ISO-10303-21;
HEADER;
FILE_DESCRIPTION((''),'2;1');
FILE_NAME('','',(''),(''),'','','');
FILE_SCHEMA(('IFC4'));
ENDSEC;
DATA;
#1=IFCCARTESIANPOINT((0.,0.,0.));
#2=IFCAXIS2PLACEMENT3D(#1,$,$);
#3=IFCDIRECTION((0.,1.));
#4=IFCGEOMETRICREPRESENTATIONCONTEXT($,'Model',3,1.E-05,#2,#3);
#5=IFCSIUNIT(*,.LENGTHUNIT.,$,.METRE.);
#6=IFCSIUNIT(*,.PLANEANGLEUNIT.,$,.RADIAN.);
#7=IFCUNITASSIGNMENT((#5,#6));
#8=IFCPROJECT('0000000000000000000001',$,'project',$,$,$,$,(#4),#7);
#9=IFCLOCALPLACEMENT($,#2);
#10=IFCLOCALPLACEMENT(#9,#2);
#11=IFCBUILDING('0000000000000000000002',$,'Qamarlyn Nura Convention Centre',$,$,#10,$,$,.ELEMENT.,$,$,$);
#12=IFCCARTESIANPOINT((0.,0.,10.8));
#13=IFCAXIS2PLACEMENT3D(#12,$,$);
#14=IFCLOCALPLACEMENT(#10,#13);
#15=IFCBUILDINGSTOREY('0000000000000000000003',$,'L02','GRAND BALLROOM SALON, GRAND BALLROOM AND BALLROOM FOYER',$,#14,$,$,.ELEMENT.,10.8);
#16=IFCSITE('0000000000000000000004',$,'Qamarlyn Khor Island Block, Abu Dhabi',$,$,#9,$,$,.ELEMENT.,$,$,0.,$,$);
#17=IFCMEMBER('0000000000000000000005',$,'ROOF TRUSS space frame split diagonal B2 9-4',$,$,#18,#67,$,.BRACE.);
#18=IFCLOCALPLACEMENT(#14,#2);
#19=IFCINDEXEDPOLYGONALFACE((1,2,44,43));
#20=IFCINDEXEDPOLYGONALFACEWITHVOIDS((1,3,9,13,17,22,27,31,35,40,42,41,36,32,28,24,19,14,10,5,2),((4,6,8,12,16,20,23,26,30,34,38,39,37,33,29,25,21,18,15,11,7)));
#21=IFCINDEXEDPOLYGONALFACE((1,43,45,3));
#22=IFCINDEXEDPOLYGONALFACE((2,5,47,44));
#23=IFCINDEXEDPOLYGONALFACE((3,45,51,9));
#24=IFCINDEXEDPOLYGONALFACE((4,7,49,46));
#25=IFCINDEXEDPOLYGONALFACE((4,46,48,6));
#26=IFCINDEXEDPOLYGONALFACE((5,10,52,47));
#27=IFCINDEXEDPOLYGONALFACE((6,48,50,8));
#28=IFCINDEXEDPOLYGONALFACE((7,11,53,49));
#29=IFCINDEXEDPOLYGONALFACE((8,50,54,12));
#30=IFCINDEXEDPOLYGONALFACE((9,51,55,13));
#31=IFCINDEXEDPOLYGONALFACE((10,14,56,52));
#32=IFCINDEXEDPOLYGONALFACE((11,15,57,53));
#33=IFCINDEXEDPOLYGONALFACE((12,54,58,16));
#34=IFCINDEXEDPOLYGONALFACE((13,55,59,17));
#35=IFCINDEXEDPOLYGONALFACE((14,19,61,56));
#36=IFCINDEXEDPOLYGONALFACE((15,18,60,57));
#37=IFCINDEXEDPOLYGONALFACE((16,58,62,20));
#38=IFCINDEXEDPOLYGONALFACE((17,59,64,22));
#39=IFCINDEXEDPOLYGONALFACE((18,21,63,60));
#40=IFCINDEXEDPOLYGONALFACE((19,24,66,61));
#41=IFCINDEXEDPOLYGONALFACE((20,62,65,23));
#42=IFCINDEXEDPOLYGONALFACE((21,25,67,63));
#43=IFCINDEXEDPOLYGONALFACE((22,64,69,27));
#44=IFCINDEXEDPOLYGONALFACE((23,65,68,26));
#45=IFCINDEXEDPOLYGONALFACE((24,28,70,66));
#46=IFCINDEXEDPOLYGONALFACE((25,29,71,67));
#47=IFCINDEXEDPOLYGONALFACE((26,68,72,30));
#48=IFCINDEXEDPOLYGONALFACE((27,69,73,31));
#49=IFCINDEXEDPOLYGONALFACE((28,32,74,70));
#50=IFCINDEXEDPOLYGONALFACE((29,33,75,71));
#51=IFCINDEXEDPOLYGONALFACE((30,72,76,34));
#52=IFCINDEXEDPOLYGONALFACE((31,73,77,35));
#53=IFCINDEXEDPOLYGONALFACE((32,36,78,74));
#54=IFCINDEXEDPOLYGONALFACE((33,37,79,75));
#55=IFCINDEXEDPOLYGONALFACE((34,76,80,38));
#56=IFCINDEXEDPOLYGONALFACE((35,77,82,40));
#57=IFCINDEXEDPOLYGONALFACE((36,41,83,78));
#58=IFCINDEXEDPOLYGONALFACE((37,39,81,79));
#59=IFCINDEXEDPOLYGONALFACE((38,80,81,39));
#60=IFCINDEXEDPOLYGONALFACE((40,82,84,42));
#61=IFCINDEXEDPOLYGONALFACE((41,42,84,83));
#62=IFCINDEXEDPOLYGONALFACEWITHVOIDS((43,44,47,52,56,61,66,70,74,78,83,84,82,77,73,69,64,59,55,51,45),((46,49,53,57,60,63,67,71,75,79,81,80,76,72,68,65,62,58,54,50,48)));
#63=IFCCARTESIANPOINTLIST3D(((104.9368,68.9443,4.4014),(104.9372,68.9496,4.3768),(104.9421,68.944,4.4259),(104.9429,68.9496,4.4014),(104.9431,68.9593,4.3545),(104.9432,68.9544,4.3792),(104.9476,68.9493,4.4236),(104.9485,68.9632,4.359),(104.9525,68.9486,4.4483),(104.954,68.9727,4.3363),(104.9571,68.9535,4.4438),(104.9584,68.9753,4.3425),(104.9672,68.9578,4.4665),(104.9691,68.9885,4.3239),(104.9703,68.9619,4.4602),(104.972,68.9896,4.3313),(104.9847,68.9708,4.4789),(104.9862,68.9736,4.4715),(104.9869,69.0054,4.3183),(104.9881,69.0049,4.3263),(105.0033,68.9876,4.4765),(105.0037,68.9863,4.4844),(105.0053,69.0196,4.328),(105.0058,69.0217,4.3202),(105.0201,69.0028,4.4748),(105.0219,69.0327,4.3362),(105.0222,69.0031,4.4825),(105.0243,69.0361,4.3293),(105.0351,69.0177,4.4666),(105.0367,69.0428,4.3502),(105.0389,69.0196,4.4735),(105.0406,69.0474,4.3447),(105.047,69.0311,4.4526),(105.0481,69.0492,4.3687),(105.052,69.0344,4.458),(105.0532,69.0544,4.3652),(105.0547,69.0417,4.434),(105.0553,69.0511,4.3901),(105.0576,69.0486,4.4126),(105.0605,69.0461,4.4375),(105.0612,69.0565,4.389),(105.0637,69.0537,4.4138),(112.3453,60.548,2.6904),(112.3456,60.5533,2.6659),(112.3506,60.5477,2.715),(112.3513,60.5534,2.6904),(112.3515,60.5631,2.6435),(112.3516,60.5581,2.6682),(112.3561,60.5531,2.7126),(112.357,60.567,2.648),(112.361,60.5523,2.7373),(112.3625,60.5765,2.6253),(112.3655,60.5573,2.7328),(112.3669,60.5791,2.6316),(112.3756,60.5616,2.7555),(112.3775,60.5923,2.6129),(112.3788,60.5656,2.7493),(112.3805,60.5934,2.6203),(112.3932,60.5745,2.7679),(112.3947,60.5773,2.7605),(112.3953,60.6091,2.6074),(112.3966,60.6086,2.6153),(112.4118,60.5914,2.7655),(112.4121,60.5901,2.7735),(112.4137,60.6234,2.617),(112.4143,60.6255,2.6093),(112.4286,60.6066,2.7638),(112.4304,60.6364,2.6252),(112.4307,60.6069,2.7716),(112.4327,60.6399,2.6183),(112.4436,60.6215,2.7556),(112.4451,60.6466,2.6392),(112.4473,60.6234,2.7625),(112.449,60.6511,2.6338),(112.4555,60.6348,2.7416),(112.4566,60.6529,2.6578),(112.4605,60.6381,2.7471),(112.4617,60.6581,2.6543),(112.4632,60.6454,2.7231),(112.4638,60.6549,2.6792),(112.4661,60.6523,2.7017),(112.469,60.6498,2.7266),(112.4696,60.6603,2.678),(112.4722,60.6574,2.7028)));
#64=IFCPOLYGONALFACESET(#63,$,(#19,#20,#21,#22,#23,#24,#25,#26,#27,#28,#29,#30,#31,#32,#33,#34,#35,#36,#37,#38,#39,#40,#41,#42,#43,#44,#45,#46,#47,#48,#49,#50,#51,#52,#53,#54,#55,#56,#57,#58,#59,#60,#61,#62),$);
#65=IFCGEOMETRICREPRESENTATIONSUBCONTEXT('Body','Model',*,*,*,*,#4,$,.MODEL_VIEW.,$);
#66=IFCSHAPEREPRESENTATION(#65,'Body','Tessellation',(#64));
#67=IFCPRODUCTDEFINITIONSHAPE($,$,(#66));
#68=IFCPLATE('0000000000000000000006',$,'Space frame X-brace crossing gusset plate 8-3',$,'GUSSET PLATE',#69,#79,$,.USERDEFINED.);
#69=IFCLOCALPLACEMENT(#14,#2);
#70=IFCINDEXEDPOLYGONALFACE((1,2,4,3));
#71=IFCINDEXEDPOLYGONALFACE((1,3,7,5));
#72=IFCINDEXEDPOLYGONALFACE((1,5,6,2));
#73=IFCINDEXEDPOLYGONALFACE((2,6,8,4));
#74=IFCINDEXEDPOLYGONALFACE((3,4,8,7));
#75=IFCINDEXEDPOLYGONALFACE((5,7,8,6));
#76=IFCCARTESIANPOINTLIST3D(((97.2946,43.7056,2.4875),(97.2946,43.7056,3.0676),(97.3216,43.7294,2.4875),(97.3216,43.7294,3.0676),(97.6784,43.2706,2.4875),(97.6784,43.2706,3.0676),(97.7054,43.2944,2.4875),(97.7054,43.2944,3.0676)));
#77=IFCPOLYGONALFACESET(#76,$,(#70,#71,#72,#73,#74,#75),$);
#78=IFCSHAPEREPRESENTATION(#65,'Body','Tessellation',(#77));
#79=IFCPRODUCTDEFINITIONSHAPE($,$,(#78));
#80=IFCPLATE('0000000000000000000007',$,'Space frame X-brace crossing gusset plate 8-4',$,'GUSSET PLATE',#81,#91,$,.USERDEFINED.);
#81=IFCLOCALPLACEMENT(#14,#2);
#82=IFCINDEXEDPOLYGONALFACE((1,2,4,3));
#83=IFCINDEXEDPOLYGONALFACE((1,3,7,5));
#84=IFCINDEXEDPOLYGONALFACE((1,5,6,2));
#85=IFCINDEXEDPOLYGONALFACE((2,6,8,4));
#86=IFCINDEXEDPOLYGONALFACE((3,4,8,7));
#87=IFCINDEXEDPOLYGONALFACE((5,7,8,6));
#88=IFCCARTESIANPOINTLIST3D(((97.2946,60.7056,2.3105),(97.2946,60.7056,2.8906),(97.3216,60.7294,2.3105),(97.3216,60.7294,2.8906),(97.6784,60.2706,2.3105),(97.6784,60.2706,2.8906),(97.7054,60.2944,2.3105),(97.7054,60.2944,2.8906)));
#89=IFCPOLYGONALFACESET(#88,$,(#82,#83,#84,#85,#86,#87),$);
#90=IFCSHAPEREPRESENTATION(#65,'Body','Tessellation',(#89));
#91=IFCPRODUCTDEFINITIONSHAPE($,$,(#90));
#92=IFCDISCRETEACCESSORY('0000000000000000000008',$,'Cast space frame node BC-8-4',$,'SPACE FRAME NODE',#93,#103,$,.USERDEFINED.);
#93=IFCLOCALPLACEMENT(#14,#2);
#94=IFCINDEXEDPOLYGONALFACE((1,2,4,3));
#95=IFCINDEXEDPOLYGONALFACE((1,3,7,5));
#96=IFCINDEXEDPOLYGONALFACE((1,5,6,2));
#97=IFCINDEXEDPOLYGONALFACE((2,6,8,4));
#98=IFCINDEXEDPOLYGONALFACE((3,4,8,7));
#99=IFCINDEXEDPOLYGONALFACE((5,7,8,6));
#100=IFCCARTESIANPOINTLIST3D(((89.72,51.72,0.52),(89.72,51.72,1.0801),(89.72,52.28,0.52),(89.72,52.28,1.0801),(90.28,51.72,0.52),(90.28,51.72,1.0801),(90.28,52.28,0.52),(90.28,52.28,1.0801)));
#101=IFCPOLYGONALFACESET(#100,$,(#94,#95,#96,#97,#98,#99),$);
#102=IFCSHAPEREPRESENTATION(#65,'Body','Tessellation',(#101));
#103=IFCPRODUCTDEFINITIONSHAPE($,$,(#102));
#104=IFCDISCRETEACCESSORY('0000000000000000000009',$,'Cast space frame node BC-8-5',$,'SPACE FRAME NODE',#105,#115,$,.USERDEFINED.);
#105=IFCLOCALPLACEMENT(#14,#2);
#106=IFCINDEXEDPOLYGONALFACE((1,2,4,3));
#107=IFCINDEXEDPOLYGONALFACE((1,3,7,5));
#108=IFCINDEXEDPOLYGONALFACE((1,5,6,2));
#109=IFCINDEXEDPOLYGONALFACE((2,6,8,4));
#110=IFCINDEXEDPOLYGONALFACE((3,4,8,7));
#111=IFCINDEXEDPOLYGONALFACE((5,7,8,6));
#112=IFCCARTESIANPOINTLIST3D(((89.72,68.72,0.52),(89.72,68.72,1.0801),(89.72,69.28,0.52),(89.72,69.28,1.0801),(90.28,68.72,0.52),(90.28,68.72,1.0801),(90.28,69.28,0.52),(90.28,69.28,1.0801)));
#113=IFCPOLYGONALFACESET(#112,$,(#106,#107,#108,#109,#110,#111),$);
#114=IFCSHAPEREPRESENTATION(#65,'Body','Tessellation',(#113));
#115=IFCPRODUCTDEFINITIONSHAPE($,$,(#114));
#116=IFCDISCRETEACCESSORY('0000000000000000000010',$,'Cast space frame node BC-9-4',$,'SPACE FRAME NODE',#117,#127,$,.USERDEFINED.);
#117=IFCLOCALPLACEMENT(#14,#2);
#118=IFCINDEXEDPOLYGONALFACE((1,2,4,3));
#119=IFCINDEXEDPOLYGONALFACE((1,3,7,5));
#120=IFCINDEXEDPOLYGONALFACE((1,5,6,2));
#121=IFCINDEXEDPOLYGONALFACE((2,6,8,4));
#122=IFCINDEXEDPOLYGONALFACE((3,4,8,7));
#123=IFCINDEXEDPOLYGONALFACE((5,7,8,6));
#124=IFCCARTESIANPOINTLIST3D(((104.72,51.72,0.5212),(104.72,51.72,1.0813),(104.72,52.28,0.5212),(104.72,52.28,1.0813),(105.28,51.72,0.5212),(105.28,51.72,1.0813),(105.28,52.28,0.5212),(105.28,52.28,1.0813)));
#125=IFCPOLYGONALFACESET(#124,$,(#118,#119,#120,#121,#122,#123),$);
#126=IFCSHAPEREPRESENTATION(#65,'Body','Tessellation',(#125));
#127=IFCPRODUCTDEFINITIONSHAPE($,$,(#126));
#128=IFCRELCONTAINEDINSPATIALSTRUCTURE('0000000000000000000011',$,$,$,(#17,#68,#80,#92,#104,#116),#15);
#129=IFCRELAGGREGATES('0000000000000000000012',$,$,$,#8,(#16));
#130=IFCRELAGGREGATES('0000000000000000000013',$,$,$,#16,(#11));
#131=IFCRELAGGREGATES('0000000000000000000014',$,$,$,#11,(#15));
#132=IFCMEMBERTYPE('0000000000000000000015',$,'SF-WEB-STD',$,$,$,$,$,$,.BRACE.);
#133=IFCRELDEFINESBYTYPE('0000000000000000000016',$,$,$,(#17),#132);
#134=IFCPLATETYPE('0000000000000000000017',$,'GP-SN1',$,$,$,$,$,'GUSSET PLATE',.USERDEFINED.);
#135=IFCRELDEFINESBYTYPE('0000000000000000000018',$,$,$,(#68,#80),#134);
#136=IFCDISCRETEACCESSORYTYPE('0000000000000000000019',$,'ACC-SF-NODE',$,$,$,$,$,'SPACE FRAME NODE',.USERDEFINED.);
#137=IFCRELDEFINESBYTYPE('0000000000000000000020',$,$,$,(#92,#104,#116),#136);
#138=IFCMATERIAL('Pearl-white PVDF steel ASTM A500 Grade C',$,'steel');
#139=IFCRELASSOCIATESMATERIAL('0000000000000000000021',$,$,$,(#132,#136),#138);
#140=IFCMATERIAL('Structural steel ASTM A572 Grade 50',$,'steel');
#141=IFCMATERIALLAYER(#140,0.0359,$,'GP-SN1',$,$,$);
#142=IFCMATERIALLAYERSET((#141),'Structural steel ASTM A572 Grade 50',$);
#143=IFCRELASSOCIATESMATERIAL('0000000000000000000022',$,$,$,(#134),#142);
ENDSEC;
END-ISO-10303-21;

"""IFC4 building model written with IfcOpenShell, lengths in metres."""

from ifc_helpers import new_model, si_unit, direction, frame, origin, origin_2d, place, context, subcontext, project, spatial, rectangle, hollow_circle, extrude, material, layer, layer_set, material_profile, profile_set, type_object, element, save


model = new_model("IFC4")

# Units and contexts
model_context = context("Model", 3, precision=1e-05, world=origin(), true_north=direction((0.0, 1.0)))
body_context = subcontext(model_context, "Body", "Model", "MODEL_VIEW")
ifc_project = project(units=[si_unit("LENGTHUNIT", "METRE"), si_unit("PLANEANGLEUNIT", "RADIAN")], contexts=[model_context])

# Site, building, storey
site_placement = place(None, origin())
site = spatial("IfcSite", under=ifc_project, at=site_placement, Name="Qamarlyn Khor Island Block, Abu Dhabi", CompositionType="ELEMENT", RefElevation=0.0)
building_placement = place(site_placement, origin())
building = spatial("IfcBuilding", under=site, at=building_placement, Name="Qamarlyn Nura Convention Centre", CompositionType="ELEMENT")
storey_placement = place(building_placement, frame((0.0, 0.0, 10.8)))
storey = spatial("IfcBuildingStorey", under=building, at=storey_placement, Name="L02", Description="GRAND BALLROOM SALON, GRAND BALLROOM AND BALLROOM FOYER", CompositionType="ELEMENT", Elevation=10.8)

# Member
ifc_material_1 = material(Name="Pearl-white PVDF steel ASTM A500 Grade C", Category="steel")
ifc_material_profile_1 = material_profile(ifc_material_1, hollow_circle(Radius=0.0842, WallThickness=0.0081, at=origin_2d()), Name="CHS168.3X8")
ifc_profile_set_1 = profile_set([ifc_material_profile_1], Name="Pearl-white PVDF steel ASTM A500 Grade C")
member_type_1 = type_object("IfcMemberType", Name="SF-WEB-STD", PredefinedType="BRACE", material=ifc_profile_set_1)
member_1_placement = place(storey_placement, frame((112.4084, 60.6038, 2.6904), z_axis=(-0.654031, 0.741235, 0.151045), x_axis=(-0.749838, -0.661622, 0.0)))
element("IfcMember", 1, at=member_1_placement, inside=storey, type_object=member_type_1, Name="ROOF TRUSS space frame split diagonal B2 9-4", PredefinedType="BRACE", context=body_context, shape_type="SweptSolid", body=[
    extrude(hollow_circle(Radius=0.0842, WallThickness=0.0081, at=origin_2d()), origin(), (0.0, 0.0, 1.0), 11.3274),
])

# Plates
ifc_material_2 = material(Name="Structural steel ASTM A572 Grade 50", Category="steel")
ifc_layer = layer(ifc_material_2, 0.0359, Name="GP-SN1")
ifc_layer_set = layer_set([ifc_layer], Name="Structural steel ASTM A572 Grade 50")
plate_type = type_object("IfcPlateType", Name="GP-SN1", ElementType="GUSSET PLATE", PredefinedType="USERDEFINED", material=ifc_layer_set)
for number, where, z_axis, x_axis, name in (
    (2, (97.5, 43.5, 2.4875), (0.0, 0.0, 1.0), (-0.661622, 0.749837, 0.0), "Space frame X-brace crossing gusset plate 8-3"),
    (3, (97.5, 60.5, 2.3105), (0.0, 0.0, 1.0), (-0.661622, 0.749837, 0.0), "Space frame X-brace crossing gusset plate 8-4"),
):
    element("IfcPlate", number, at=place(storey_placement, frame(where, z_axis=z_axis, x_axis=x_axis)), inside=storey, type_object=plate_type, Name=name, ObjectType="GUSSET PLATE", PredefinedType="USERDEFINED", context=body_context, shape_type="SweptSolid", body=[
        extrude(rectangle(XDim=0.5801, YDim=0.0359, at=origin_2d()), origin(), (0.0, 0.0, 1.0), 0.5801),
    ])

# Discrete accessories
discrete_accessory_type = type_object("IfcDiscreteAccessoryType", Name="ACC-SF-NODE", ElementType="SPACE FRAME NODE", PredefinedType="USERDEFINED", material=ifc_material_1)
for number, where, z_axis, x_axis, name in (
    (4, (90.0, 52.0, 0.52), (0.0, 0.0, 1.0), (1.0, 0.0, 0.0), "Cast space frame node BC-8-4"),
    (5, (90.0, 69.0, 0.52), (0.0, 0.0, 1.0), (1.0, 0.0, 0.0), "Cast space frame node BC-8-5"),
    (6, (105.0, 52.0, 0.5212), (0.0, 0.0, 1.0), (1.0, 0.0, 0.0), "Cast space frame node BC-9-4"),
):
    element("IfcDiscreteAccessory", number, at=place(storey_placement, frame(where, z_axis=z_axis, x_axis=x_axis)), inside=storey, type_object=discrete_accessory_type, Name=name, ObjectType="SPACE FRAME NODE", PredefinedType="USERDEFINED", context=body_context, shape_type="SweptSolid", body=[
        extrude(rectangle(XDim=0.5601, YDim=0.5601, at=origin_2d()), origin(), (0.0, 0.0, 1.0), 0.5601),
    ])

save(model, "model.ifc")
